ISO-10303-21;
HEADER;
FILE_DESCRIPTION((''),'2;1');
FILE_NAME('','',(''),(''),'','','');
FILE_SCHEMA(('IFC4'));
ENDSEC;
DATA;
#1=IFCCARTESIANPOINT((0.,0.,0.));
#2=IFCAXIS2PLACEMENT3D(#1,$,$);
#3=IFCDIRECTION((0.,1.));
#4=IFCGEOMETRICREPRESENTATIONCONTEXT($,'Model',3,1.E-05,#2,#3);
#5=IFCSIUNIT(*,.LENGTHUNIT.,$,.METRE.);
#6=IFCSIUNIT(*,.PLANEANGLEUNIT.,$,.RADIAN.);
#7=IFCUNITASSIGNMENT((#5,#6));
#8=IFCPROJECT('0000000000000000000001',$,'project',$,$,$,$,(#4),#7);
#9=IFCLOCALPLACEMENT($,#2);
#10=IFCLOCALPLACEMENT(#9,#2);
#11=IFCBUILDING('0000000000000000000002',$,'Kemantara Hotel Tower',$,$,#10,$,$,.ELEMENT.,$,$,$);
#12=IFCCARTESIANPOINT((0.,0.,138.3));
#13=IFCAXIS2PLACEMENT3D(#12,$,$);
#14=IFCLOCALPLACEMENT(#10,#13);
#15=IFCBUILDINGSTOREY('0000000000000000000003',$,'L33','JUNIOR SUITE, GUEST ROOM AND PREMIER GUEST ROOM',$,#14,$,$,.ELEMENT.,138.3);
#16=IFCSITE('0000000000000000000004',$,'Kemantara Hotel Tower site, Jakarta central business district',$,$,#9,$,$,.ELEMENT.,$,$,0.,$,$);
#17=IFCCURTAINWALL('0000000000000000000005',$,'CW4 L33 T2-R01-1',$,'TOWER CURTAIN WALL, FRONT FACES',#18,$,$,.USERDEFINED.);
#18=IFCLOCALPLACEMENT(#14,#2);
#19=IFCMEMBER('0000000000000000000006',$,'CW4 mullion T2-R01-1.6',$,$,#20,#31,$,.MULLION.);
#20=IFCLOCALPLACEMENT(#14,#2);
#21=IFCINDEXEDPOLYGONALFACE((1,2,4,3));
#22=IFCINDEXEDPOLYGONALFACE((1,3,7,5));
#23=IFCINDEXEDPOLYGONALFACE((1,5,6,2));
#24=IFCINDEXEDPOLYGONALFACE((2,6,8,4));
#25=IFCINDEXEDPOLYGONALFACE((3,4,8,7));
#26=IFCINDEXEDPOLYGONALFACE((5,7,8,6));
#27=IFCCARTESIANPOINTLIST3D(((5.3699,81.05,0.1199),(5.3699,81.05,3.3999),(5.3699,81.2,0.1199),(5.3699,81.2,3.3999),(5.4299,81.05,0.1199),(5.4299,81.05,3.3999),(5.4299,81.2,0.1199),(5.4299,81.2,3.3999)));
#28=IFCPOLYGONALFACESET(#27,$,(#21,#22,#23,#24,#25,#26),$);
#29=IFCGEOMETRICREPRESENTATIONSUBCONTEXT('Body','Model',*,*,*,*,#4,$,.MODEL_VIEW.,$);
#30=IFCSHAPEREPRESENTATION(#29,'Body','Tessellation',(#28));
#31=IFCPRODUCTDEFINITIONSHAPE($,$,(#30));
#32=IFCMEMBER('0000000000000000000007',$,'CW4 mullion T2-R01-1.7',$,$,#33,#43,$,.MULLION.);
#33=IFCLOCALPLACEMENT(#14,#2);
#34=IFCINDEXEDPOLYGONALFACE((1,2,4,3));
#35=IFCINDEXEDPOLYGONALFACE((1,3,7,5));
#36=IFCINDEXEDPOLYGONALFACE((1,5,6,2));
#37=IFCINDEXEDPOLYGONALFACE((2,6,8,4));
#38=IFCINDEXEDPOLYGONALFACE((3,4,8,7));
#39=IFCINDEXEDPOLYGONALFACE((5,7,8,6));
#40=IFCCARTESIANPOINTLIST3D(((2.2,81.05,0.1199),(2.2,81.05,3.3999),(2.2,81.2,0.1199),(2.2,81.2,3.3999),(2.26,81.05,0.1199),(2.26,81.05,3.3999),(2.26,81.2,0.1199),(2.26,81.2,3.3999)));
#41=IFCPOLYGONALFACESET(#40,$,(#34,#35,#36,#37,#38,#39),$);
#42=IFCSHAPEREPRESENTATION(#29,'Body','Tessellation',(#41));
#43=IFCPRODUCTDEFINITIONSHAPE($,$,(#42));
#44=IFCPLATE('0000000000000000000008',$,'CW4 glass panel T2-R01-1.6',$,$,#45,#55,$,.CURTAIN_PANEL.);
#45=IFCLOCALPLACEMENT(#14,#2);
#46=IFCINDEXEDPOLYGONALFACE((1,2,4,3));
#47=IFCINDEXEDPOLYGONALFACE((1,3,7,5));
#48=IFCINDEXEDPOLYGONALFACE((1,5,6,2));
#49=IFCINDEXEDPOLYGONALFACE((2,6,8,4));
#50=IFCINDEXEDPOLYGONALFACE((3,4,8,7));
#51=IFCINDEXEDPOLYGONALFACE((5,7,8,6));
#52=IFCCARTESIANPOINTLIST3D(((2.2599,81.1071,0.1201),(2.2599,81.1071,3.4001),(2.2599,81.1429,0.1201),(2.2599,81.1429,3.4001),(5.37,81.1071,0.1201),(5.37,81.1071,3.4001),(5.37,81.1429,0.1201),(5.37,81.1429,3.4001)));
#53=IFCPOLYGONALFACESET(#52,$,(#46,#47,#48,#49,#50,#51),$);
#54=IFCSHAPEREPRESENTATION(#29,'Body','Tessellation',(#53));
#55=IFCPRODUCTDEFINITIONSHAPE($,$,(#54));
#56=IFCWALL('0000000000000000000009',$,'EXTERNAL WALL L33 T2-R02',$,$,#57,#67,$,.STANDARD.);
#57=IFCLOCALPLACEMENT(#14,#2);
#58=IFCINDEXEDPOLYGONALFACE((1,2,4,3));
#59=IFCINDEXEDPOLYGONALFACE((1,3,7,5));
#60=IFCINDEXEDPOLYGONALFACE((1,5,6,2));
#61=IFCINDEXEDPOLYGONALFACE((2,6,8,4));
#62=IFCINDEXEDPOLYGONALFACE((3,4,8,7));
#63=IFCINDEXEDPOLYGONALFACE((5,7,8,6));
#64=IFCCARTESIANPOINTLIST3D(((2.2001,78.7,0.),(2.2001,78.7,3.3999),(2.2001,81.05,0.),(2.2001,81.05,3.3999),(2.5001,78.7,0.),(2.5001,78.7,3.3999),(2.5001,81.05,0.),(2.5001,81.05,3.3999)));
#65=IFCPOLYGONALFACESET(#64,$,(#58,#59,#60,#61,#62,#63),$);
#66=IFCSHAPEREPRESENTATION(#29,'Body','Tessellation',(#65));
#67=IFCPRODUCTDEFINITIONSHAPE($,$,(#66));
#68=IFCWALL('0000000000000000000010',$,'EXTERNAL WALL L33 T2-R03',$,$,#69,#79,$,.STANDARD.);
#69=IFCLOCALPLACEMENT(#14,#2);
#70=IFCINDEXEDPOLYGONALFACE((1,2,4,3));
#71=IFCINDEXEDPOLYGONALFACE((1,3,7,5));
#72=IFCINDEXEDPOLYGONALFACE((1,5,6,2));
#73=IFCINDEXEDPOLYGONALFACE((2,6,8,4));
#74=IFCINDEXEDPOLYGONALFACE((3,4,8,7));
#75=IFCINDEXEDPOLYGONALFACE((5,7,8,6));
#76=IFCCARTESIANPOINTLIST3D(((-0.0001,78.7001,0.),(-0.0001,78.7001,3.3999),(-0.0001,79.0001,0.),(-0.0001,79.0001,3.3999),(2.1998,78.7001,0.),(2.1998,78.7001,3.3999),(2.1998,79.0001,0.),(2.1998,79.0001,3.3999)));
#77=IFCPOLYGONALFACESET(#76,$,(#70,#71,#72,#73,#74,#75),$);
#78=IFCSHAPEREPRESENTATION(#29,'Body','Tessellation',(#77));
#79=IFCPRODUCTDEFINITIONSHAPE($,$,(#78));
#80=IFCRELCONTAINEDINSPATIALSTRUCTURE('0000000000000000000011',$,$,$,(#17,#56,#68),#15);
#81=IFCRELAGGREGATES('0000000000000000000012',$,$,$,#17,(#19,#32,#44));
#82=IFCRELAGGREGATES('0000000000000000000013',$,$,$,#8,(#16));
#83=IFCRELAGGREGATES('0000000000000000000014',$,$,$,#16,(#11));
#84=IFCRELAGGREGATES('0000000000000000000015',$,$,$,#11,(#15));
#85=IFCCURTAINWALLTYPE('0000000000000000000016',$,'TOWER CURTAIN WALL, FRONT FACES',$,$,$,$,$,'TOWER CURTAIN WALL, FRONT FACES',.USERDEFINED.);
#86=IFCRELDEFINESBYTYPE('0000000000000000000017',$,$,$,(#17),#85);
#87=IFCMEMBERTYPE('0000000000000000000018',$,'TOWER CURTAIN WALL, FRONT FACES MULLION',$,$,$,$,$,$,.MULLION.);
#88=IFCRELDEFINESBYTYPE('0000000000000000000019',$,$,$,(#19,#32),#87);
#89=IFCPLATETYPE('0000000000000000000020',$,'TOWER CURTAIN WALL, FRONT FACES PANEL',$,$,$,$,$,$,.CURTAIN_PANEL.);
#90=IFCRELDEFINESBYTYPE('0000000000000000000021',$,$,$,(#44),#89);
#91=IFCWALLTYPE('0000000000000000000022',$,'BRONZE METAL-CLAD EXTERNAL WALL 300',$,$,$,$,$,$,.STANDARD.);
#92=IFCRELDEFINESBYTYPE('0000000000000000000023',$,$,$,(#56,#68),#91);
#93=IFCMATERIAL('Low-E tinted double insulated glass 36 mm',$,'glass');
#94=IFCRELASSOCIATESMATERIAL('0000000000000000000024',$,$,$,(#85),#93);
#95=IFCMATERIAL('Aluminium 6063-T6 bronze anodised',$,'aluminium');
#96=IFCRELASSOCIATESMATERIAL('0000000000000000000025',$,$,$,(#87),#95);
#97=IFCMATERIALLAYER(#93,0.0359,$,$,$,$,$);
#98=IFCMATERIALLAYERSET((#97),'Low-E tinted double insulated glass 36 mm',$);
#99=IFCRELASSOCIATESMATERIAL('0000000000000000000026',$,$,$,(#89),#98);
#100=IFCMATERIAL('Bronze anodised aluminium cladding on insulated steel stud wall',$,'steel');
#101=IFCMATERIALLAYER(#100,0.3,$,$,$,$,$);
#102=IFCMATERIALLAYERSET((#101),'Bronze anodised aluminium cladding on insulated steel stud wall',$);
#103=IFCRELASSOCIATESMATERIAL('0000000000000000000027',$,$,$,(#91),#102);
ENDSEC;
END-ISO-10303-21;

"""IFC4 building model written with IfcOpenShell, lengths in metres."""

from ifc_helpers import new_model, si_unit, direction, frame, frame_2d, origin, origin_2d, place, context, subcontext, project, spatial, rectangle, extrude, source, transform, mapped, material, layer, layer_set, material_profile, profile_set, type_object, element, aggregate, save


model = new_model("IFC4")

# Units and contexts
model_context = context("Model", 3, precision=1e-05, world=origin(), true_north=direction((0.0, 1.0)))
body_context = subcontext(model_context, "Body", "Model", "MODEL_VIEW")
ifc_project = project(units=[si_unit("LENGTHUNIT", "METRE"), si_unit("PLANEANGLEUNIT", "RADIAN")], contexts=[model_context])

# Site, building, storey
site_placement = place(None, origin())
site = spatial("IfcSite", under=ifc_project, at=site_placement, Name="Kemantara Hotel Tower site, Jakarta central business district", CompositionType="ELEMENT", RefElevation=0.0)
building_placement = place(site_placement, origin())
building = spatial("IfcBuilding", under=site, at=building_placement, Name="Kemantara Hotel Tower", CompositionType="ELEMENT")
storey_placement = place(building_placement, frame((0.0, 0.0, 138.3)))
storey = spatial("IfcBuildingStorey", under=building, at=storey_placement, Name="L33", Description="JUNIOR SUITE, GUEST ROOM AND PREMIER GUEST ROOM", CompositionType="ELEMENT", Elevation=138.3)

# Curtain wall, members, plate
ifc_material_1 = material(Name="Low-E tinted double insulated glass 36 mm", Category="glass")
curtain_wall_type = type_object("IfcCurtainWallType", Name="TOWER CURTAIN WALL, FRONT FACES", ElementType="TOWER CURTAIN WALL, FRONT FACES", PredefinedType="USERDEFINED", material=ifc_material_1)
curtain_wall_placement = place(storey_placement, origin())
curtain_wall = element("IfcCurtainWall", 1, at=curtain_wall_placement, inside=storey, type_object=curtain_wall_type, Name="CW4 L33 T2-R01-1", ObjectType="TOWER CURTAIN WALL, FRONT FACES", PredefinedType="USERDEFINED")
ifc_material_2 = material(Name="Aluminium 6063-T6 bronze anodised", Category="aluminium")
ifc_material_profile = material_profile(ifc_material_2, rectangle(XDim=0.1499, YDim=0.0601, at=origin_2d()), Name="TOWER CURTAIN WALL, FRONT FACES MULLION")
ifc_profile_set = profile_set([ifc_material_profile], Name="Aluminium 6063-T6 bronze anodised")
member_type = type_object("IfcMemberType", Name="TOWER CURTAIN WALL, FRONT FACES MULLION", PredefinedType="MULLION", material=ifc_profile_set)
shared_shape_1 = source(origin(), body_context, "Body", "SweptSolid", [
    extrude(rectangle(XDim=0.1499, YDim=0.0601, at=origin_2d()), origin(), (0.0, 0.0, 1.0), 3.28),
])
member_1_placement = place(storey_placement, frame((5.3999, 81.125, 0.1199), z_axis=(0.0, 0.0, 1.0), x_axis=(0.0, -1.0, 0.0)))
member_1 = element("IfcMember", 2, at=member_1_placement, type_object=member_type, Name="CW4 mullion T2-R01-1.6", PredefinedType="MULLION", context=body_context, shape_type="MappedRepresentation", body=[
    mapped(shared_shape_1, transform((0.0, 0.0, 0.0))),
])
member_2_placement = place(storey_placement, frame((2.23, 81.125, 0.1199), z_axis=(0.0, 0.0, 1.0), x_axis=(0.0, -1.0, 0.0)))
member_2 = element("IfcMember", 3, at=member_2_placement, type_object=member_type, Name="CW4 mullion T2-R01-1.7", PredefinedType="MULLION", context=body_context, shape_type="MappedRepresentation", body=[
    mapped(shared_shape_1, transform((0.0, 0.0, 0.0))),
])
ifc_layer_1 = layer(ifc_material_1, 0.0359)
ifc_layer_set_1 = layer_set([ifc_layer_1], Name="Low-E tinted double insulated glass 36 mm")
plate_type = type_object("IfcPlateType", Name="TOWER CURTAIN WALL, FRONT FACES PANEL", PredefinedType="CURTAIN_PANEL", material=ifc_layer_set_1)
shared_shape_2 = source(origin(), body_context, "Body", "SweptSolid", [
    extrude(rectangle(XDim=3.1101, YDim=0.0359, at=origin_2d()), origin(), (0.0, 0.0, 1.0), 3.28),
])
plate_placement = place(storey_placement, frame((3.8149, 81.125, 0.1201), z_axis=(0.0, 0.0, 1.0), x_axis=(-1.0, 0.0, 0.0)))
plate = element("IfcPlate", 4, at=plate_placement, type_object=plate_type, Name="CW4 glass panel T2-R01-1.6", PredefinedType="CURTAIN_PANEL", context=body_context, shape_type="MappedRepresentation", body=[
    mapped(shared_shape_2, transform((0.0, 0.0, 0.0))),
])
aggregate(curtain_wall, [member_1, member_2, plate])

# Walls
ifc_material_3 = material(Name="Bronze anodised aluminium cladding on insulated steel stud wall", Category="steel")
ifc_layer_2 = layer(ifc_material_3, 0.3)
ifc_layer_set_2 = layer_set([ifc_layer_2], Name="Bronze anodised aluminium cladding on insulated steel stud wall")
wall_type = type_object("IfcWallType", Name="BRONZE METAL-CLAD EXTERNAL WALL 300", PredefinedType="STANDARD", material=ifc_layer_set_2)
wall_1_placement = place(storey_placement, frame((2.3501, 81.05, 0.0), z_axis=(0.0, 0.0, 1.0), x_axis=(0.0, -1.0, 0.0)))
element("IfcWall", 5, at=wall_1_placement, inside=storey, type_object=wall_type, Name="EXTERNAL WALL L33 T2-R02", PredefinedType="STANDARD", context=body_context, shape_type="SweptSolid", body=[
    extrude(rectangle(XDim=2.3501, YDim=0.3, at=frame_2d((1.175, 0.0))), origin(), (0.0, 0.0, 1.0), 3.3999),
])
wall_2_placement = place(storey_placement, frame((2.2, 78.8501, 0.0), z_axis=(0.0, 0.0, 1.0), x_axis=(-1.0, 0.0, 0.0)))
element("IfcWall", 6, at=wall_2_placement, inside=storey, type_object=wall_type, Name="EXTERNAL WALL L33 T2-R03", PredefinedType="STANDARD", context=body_context, shape_type="SweptSolid", body=[
    extrude(rectangle(XDim=2.2, YDim=0.3, at=frame_2d((1.1001, 0.0))), origin(), (0.0, 0.0, 1.0), 3.3999),
])

save(model, "model.ifc")
